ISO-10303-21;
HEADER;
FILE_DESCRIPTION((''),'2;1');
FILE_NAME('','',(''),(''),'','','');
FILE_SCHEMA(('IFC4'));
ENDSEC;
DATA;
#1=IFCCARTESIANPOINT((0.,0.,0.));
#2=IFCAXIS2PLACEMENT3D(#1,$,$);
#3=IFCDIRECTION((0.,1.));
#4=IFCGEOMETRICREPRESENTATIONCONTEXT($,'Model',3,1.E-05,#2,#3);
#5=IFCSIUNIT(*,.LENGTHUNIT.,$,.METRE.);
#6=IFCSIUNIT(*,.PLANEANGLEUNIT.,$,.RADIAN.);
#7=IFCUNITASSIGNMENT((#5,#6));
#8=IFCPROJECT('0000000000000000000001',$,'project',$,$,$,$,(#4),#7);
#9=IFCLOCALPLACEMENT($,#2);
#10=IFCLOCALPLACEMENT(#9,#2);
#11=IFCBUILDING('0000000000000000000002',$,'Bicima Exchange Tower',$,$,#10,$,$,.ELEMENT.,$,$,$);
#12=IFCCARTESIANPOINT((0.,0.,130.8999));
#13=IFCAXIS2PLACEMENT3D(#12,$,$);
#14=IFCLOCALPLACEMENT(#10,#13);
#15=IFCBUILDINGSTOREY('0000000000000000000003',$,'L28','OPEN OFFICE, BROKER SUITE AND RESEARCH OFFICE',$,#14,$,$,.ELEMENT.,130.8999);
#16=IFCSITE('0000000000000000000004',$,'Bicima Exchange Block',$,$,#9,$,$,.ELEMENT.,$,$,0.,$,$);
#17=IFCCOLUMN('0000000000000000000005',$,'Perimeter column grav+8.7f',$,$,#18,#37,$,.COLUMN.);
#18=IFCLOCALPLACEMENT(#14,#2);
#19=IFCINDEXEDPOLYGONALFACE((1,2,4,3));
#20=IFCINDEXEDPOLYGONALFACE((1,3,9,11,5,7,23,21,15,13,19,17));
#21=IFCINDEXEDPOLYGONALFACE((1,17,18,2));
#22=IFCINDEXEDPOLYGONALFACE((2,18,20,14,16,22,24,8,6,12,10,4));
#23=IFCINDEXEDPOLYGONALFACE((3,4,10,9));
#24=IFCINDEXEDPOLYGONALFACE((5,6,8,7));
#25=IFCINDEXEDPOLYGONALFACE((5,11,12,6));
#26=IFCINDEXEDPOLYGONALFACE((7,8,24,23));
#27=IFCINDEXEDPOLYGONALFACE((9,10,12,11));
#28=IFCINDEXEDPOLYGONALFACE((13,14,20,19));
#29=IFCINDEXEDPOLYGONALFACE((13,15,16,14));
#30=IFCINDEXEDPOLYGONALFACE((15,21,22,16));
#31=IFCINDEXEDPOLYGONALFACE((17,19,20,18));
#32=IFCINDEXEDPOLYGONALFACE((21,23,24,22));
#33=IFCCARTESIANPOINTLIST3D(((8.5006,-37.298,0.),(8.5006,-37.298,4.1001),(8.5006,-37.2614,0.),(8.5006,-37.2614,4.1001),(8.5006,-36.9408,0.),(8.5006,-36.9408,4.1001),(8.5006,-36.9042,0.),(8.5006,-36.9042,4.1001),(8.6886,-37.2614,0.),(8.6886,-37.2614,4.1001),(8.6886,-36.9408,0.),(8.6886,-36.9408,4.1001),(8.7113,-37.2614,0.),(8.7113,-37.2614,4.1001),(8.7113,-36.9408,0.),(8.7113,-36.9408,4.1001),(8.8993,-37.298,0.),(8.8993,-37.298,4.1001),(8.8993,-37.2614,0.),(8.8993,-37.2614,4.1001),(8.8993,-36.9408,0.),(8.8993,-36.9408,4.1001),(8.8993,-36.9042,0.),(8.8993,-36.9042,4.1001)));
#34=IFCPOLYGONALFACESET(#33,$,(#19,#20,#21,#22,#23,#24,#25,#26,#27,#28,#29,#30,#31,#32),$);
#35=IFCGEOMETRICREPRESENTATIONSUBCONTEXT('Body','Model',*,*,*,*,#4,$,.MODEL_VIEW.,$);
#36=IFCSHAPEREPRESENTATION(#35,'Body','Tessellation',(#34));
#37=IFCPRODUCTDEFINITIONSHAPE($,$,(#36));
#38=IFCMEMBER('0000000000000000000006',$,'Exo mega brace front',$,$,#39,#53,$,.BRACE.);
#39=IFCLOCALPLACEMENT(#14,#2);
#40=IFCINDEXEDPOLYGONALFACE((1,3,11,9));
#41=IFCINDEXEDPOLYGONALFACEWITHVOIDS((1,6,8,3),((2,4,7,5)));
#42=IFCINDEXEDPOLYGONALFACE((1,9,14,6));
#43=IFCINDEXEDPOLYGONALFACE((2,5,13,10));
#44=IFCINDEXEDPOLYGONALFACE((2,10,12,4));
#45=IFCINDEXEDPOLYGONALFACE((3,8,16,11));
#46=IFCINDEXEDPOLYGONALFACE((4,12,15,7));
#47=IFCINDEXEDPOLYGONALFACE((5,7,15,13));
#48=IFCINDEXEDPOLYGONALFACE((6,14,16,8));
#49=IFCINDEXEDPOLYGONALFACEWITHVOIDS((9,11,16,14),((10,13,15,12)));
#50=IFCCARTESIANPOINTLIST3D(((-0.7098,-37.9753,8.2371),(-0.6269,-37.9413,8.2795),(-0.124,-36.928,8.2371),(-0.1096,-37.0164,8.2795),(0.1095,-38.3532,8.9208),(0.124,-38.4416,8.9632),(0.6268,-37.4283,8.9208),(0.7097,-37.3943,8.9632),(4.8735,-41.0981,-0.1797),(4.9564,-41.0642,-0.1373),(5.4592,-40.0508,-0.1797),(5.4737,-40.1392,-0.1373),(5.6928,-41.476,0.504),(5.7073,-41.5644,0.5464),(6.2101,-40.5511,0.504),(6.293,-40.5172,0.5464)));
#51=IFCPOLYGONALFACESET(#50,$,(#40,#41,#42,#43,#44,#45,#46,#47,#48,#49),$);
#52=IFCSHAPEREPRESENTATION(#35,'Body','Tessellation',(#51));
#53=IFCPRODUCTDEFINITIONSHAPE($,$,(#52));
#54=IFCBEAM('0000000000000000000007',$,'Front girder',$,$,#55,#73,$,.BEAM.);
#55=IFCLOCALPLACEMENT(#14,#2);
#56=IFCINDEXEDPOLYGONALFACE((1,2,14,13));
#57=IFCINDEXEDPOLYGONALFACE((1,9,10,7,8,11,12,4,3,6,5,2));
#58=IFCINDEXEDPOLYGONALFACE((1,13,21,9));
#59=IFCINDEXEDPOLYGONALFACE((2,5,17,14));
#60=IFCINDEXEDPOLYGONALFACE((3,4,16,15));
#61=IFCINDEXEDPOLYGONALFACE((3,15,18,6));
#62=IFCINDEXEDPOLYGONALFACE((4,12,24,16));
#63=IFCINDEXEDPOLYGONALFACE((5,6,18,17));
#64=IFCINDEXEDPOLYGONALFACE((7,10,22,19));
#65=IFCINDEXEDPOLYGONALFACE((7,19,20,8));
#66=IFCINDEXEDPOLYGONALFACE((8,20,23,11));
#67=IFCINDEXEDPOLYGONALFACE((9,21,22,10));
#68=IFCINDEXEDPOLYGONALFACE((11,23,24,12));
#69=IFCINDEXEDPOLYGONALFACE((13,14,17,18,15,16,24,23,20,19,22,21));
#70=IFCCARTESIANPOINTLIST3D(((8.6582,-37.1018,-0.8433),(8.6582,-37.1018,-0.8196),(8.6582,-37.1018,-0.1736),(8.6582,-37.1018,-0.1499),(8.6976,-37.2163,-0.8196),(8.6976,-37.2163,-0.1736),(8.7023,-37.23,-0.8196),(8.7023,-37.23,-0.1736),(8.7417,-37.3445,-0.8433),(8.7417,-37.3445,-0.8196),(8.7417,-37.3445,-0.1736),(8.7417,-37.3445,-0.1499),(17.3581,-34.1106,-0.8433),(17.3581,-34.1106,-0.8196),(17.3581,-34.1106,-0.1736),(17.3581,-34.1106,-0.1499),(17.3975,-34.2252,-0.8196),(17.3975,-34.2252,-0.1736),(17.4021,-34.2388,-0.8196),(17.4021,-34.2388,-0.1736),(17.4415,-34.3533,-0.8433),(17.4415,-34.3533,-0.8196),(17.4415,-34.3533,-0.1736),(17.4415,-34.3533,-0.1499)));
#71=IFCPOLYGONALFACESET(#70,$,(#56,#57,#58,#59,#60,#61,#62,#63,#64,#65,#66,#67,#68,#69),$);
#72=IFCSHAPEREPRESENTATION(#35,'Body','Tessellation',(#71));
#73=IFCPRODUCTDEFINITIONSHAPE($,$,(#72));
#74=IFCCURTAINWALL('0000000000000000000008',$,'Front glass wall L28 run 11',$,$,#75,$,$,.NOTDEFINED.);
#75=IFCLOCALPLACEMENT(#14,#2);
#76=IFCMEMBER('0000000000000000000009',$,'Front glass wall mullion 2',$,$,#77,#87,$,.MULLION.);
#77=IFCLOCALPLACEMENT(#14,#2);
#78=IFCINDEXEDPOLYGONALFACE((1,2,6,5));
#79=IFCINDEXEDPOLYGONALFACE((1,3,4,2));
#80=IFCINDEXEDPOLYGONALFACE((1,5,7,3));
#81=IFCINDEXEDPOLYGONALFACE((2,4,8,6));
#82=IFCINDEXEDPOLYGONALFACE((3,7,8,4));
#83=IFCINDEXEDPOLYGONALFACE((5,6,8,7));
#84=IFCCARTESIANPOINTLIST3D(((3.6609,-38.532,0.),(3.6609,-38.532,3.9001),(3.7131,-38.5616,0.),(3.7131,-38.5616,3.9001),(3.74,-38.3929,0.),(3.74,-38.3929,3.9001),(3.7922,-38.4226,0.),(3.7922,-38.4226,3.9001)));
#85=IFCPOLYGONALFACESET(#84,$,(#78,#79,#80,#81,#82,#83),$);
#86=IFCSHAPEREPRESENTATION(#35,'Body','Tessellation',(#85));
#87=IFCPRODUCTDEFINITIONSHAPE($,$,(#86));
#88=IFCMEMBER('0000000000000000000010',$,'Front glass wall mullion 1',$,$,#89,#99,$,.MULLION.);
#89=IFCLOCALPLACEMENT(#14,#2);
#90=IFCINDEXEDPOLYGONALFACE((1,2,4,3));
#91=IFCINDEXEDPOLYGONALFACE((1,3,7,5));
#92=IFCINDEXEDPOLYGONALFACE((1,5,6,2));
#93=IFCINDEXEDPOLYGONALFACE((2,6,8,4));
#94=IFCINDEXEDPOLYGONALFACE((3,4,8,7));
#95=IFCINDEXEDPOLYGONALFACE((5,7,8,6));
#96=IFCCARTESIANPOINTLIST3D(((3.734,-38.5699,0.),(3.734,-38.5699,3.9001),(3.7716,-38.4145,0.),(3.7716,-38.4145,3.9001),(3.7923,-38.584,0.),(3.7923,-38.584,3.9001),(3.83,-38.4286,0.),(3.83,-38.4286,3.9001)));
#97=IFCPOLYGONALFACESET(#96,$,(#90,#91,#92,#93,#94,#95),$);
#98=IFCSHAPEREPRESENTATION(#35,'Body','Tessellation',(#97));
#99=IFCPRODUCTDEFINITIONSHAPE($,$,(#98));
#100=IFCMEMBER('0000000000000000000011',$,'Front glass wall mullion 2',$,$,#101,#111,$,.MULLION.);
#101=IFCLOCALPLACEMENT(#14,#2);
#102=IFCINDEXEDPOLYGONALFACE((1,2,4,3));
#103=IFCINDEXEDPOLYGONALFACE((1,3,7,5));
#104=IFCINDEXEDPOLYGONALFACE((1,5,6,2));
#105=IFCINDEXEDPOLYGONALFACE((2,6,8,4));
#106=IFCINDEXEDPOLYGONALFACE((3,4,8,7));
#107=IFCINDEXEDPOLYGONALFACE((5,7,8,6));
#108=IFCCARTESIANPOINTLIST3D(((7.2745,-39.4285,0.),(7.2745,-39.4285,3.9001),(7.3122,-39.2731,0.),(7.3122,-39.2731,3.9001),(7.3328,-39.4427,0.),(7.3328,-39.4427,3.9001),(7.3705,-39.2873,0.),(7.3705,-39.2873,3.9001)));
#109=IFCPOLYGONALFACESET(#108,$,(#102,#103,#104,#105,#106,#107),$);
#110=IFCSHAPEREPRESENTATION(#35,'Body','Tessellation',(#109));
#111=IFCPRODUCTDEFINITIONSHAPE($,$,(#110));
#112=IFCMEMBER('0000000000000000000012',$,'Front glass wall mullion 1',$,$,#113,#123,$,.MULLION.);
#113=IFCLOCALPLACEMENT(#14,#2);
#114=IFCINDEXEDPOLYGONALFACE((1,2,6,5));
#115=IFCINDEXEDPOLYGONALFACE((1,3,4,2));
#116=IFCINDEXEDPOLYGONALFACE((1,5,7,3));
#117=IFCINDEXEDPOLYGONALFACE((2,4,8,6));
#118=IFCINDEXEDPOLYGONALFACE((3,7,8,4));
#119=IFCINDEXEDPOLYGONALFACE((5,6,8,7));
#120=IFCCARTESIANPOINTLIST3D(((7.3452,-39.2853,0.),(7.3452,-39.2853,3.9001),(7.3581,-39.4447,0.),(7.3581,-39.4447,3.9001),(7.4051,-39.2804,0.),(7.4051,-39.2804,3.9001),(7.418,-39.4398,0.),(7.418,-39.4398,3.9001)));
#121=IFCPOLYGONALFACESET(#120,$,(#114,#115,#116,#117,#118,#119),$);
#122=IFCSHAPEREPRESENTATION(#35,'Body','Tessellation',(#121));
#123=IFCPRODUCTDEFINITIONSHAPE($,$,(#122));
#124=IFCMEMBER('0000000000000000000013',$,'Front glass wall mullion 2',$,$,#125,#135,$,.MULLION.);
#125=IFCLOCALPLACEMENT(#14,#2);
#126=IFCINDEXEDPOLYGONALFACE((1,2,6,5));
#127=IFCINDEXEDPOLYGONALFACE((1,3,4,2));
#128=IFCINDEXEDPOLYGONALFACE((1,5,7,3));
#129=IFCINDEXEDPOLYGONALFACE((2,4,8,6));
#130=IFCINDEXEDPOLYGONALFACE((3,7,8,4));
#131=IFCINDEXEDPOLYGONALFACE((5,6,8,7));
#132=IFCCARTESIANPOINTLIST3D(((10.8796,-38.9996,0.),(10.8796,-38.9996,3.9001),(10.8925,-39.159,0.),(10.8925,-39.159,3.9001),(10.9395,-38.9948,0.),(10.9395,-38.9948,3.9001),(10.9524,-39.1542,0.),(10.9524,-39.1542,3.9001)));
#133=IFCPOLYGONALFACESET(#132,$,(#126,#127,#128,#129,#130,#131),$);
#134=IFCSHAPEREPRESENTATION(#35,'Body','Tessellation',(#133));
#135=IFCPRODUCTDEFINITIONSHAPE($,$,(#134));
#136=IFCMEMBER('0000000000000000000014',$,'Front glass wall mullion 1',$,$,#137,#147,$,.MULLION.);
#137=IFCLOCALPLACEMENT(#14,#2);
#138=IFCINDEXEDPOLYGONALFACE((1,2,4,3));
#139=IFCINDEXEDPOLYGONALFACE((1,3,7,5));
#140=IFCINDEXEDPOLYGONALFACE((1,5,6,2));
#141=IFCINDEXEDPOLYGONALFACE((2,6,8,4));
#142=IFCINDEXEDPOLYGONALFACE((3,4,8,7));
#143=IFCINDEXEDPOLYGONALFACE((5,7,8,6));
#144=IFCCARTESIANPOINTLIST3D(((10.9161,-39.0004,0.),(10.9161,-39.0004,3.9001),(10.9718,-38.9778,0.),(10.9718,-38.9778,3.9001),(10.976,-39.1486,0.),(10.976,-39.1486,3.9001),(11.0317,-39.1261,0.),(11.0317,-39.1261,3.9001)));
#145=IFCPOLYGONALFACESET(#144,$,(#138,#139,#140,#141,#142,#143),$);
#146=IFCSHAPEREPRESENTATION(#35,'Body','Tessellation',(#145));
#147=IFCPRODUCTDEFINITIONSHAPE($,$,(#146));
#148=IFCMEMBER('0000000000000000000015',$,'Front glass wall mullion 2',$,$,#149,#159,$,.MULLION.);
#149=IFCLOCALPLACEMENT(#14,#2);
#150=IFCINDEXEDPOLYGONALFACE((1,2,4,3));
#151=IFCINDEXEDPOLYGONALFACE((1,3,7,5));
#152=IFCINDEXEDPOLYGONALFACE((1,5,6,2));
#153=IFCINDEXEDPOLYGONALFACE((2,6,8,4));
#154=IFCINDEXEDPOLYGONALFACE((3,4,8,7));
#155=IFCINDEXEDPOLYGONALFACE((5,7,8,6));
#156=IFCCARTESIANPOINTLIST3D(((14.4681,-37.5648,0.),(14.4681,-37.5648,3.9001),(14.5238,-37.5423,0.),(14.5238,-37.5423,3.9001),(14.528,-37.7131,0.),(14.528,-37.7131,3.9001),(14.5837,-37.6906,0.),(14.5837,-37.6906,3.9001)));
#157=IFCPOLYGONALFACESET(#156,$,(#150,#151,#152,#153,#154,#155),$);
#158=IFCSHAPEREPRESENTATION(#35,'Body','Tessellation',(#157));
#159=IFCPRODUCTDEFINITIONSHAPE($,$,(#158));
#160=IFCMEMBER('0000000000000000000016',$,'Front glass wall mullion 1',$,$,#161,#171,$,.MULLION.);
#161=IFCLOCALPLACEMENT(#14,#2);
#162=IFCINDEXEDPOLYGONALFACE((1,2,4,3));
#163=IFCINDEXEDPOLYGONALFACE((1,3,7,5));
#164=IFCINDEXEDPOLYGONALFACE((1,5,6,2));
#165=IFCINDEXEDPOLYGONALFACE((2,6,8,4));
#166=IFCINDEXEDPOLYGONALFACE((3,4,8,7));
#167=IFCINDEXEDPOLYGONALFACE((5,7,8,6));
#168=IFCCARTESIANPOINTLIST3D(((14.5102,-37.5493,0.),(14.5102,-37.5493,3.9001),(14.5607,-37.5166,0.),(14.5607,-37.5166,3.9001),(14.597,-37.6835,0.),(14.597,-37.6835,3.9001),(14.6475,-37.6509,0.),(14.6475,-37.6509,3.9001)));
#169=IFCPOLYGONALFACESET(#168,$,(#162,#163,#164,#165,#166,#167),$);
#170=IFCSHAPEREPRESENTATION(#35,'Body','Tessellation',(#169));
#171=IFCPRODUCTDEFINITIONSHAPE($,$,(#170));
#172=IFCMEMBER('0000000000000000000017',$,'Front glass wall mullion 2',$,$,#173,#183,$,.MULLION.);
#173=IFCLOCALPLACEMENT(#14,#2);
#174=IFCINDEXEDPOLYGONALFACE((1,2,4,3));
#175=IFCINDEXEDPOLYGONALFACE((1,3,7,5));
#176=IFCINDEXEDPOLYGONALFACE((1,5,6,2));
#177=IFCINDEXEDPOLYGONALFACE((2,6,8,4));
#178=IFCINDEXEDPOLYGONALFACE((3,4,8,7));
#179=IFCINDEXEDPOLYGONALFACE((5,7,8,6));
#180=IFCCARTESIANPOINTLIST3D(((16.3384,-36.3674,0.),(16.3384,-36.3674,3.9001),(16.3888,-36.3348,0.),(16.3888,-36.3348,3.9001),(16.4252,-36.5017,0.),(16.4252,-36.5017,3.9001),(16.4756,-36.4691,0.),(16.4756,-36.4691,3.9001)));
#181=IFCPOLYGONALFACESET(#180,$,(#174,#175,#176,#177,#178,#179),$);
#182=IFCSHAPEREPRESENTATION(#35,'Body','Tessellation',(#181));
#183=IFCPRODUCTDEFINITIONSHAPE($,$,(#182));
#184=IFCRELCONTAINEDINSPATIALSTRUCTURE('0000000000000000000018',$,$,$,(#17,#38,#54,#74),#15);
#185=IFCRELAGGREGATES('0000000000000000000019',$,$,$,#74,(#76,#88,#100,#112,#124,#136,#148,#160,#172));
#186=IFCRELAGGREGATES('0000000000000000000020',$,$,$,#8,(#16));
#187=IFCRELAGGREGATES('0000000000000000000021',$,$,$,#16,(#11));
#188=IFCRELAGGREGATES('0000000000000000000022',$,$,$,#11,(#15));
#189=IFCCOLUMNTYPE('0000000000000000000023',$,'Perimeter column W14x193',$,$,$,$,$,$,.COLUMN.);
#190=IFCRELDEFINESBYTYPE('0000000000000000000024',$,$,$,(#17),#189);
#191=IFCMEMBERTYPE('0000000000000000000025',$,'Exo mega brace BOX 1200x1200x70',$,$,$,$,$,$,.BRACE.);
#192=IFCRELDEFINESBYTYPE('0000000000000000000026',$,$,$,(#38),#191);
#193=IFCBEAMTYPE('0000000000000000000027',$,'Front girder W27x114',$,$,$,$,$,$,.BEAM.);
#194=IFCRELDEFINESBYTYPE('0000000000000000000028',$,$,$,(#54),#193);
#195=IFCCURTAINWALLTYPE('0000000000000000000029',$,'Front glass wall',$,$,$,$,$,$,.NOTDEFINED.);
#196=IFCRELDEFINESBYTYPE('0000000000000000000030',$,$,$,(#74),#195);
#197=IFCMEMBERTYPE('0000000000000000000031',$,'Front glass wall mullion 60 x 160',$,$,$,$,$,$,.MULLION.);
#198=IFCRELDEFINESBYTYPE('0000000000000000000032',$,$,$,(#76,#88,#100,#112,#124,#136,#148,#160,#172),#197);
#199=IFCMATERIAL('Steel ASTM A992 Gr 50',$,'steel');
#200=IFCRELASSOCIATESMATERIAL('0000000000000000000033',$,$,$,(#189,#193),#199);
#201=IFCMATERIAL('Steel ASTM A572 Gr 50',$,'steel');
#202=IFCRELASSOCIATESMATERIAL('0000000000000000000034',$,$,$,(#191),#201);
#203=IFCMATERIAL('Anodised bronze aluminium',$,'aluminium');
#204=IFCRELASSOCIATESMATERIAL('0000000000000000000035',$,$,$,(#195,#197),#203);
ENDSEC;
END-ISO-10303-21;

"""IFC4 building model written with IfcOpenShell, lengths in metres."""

from ifc_helpers import new_model, si_unit, direction, frame, origin, origin_2d, place, context, subcontext, project, spatial, rectangle, hollow_rectangle, i_section, extrude, material, material_profile, profile_set, type_object, element, aggregate, save


model = new_model("IFC4")

# Units and contexts
model_context = context("Model", 3, precision=1e-05, world=origin(), true_north=direction((0.0, 1.0)))
body_context = subcontext(model_context, "Body", "Model", "MODEL_VIEW")
ifc_project = project(units=[si_unit("LENGTHUNIT", "METRE"), si_unit("PLANEANGLEUNIT", "RADIAN")], contexts=[model_context])

# Site, building, storey
site_placement = place(None, origin())
site = spatial("IfcSite", under=ifc_project, at=site_placement, Name="Bicima Exchange Block", CompositionType="ELEMENT", RefElevation=0.0)
building_placement = place(site_placement, origin())
building = spatial("IfcBuilding", under=site, at=building_placement, Name="Bicima Exchange Tower", CompositionType="ELEMENT")
storey_placement = place(building_placement, frame((0.0, 0.0, 130.8999)))
storey = spatial("IfcBuildingStorey", under=building, at=storey_placement, Name="L28", Description="OPEN OFFICE, BROKER SUITE AND RESEARCH OFFICE", CompositionType="ELEMENT", Elevation=130.8999)

# Column
ifc_material_1 = material(Name="Steel ASTM A992 Gr 50", Category="steel")
ifc_material_profile_1 = material_profile(ifc_material_1, i_section(OverallWidth=0.3987, OverallDepth=0.3938, WebThickness=0.0227, FlangeThickness=0.0366, at=origin_2d()))
ifc_profile_set_1 = profile_set([ifc_material_profile_1], Name="Steel ASTM A992 Gr 50")
column_type = type_object("IfcColumnType", Name="Perimeter column W14x193", PredefinedType="COLUMN", material=ifc_profile_set_1)
column_placement = place(storey_placement, frame((8.7, -37.1011, 0.0), z_axis=(0.0, 0.0, 1.0), x_axis=(1.0, 0.0, 0.0)))
element("IfcColumn", 1, at=column_placement, inside=storey, type_object=column_type, Name="Perimeter column grav+8.7f", PredefinedType="COLUMN", context=body_context, shape_type="SweptSolid", body=[
    extrude(i_section(OverallWidth=0.3987, OverallDepth=0.3938, WebThickness=0.0227, FlangeThickness=0.0366, at=origin_2d()), origin(), (0.0, 0.0, 1.0), 4.1001),
])

# Member
ifc_material_2 = material(Name="Steel ASTM A572 Gr 50", Category="steel")
ifc_material_profile_2 = material_profile(ifc_material_2, hollow_rectangle(XDim=1.2, YDim=1.2, WallThickness=0.0701, at=origin_2d()))
ifc_profile_set_2 = profile_set([ifc_material_profile_2], Name="Steel ASTM A572 Gr 50")
member_type_1 = type_object("IfcMemberType", Name="Exo mega brace BOX 1200x1200x70", PredefinedType="BRACE", material=ifc_profile_set_2)
member_1_placement = place(storey_placement, frame((5.5833, -40.8076, 0.1833), z_axis=(-0.528119, 0.295386, 0.796139), x_axis=(-0.488149, -0.87276, 0.0)))
element("IfcMember", 2, at=member_1_placement, inside=storey, type_object=member_type_1, Name="Exo mega brace front", PredefinedType="BRACE", context=body_context, shape_type="SweptSolid", body=[
    extrude(hollow_rectangle(XDim=1.2, YDim=1.2, WallThickness=0.0701, at=origin_2d()), origin(), (0.0, 0.0, 1.0), 10.572),
])

# Beam
ifc_material_profile_3 = material_profile(ifc_material_1, i_section(OverallWidth=0.2566, OverallDepth=0.6934, WebThickness=0.0144, FlangeThickness=0.0237, at=origin_2d()))
ifc_profile_set_3 = profile_set([ifc_material_profile_3], Name="Steel ASTM A992 Gr 50")
beam_type = type_object("IfcBeamType", Name="Front girder W27x114", PredefinedType="BEAM", material=ifc_profile_set_3)
beam_placement = place(storey_placement, frame((8.7, -37.2231, -0.4966), z_axis=(0.945666, 0.325138, 0.0), x_axis=(-0.325138, 0.945666, 0.0)))
element("IfcBeam", 3, at=beam_placement, inside=storey, type_object=beam_type, Name="Front girder", PredefinedType="BEAM", context=body_context, shape_type="SweptSolid", body=[
    extrude(i_section(OverallWidth=0.2566, OverallDepth=0.6934, WebThickness=0.0144, FlangeThickness=0.0237, at=origin_2d()), origin(), (0.0, 0.0, 1.0), 9.1997),
])

# Curtain wall, members
ifc_material_3 = material(Name="Anodised bronze aluminium", Category="aluminium")
curtain_wall_type = type_object("IfcCurtainWallType", Name="Front glass wall", PredefinedType="NOTDEFINED", material=ifc_material_3)
curtain_wall_placement = place(storey_placement, origin())
curtain_wall = element("IfcCurtainWall", 4, at=curtain_wall_placement, inside=storey, type_object=curtain_wall_type, Name="Front glass wall L28 run 11", PredefinedType="NOTDEFINED")
ifc_material_profile_4 = material_profile(ifc_material_3, rectangle(XDim=0.1599, YDim=0.0601, at=origin_2d()))
ifc_profile_set_4 = profile_set([ifc_material_profile_4], Name="Anodised bronze aluminium")
member_type_2 = type_object("IfcMemberType", Name="Front glass wall mullion 60 x 160", PredefinedType="MULLION", material=ifc_profile_set_4)
member_2_placement = place(storey_placement, frame((3.7266, -38.4773, 0.0), z_axis=(0.0, 0.0, 1.0), x_axis=(0.49433, 0.869274, 0.0)))
member_2 = element("IfcMember", 5, at=member_2_placement, type_object=member_type_2, Name="Front glass wall mullion 2", PredefinedType="MULLION", context=body_context, shape_type="SweptSolid", body=[
    extrude(rectangle(XDim=0.1599, YDim=0.0601, at=origin_2d()), origin(), (0.0, 0.0, 1.0), 3.9001),
])
member_3_placement = place(storey_placement, frame((3.782, -38.4993, 0.0), z_axis=(0.0, 0.0, 1.0), x_axis=(0.235682, 0.97183, 0.0)))
member_3 = element("IfcMember", 6, at=member_3_placement, type_object=member_type_2, Name="Front glass wall mullion 1", PredefinedType="MULLION", context=body_context, shape_type="SweptSolid", body=[
    extrude(rectangle(XDim=0.1599, YDim=0.0601, at=origin_2d()), origin(), (0.0, 0.0, 1.0), 3.9001),
])
member_4_placement = place(storey_placement, frame((7.3225, -39.3579, 0.0), z_axis=(0.0, 0.0, 1.0), x_axis=(0.235682, 0.97183, 0.0)))
member_4 = element("IfcMember", 7, at=member_4_placement, type_object=member_type_2, Name="Front glass wall mullion 2", PredefinedType="MULLION", context=body_context, shape_type="SweptSolid", body=[
    extrude(rectangle(XDim=0.1599, YDim=0.0601, at=origin_2d()), origin(), (0.0, 0.0, 1.0), 3.9001),
])
member_5_placement = place(storey_placement, frame((7.3816, -39.3625, 0.0), z_axis=(0.0, 0.0, 1.0), x_axis=(-0.080589, 0.996747, 0.0)))
member_5 = element("IfcMember", 8, at=member_5_placement, type_object=member_type_2, Name="Front glass wall mullion 1", PredefinedType="MULLION", context=body_context, shape_type="SweptSolid", body=[
    extrude(rectangle(XDim=0.1599, YDim=0.0601, at=origin_2d()), origin(), (0.0, 0.0, 1.0), 3.9001),
])
member_6_placement = place(storey_placement, frame((10.916, -39.0769, 0.0), z_axis=(0.0, 0.0, 1.0), x_axis=(-0.080589, 0.996747, 0.0)))
member_6 = element("IfcMember", 9, at=member_6_placement, type_object=member_type_2, Name="Front glass wall mullion 2", PredefinedType="MULLION", context=body_context, shape_type="SweptSolid", body=[
    extrude(rectangle(XDim=0.1599, YDim=0.0601, at=origin_2d()), origin(), (0.0, 0.0, 1.0), 3.9001),
])
member_7_placement = place(storey_placement, frame((10.9739, -39.0632, 0.0), z_axis=(0.0, 0.0, 1.0), x_axis=(-0.374705, 0.927144, 0.0)))
member_7 = element("IfcMember", 10, at=member_7_placement, type_object=member_type_2, Name="Front glass wall mullion 1", PredefinedType="MULLION", context=body_context, shape_type="SweptSolid", body=[
    extrude(rectangle(XDim=0.1599, YDim=0.0601, at=origin_2d()), origin(), (0.0, 0.0, 1.0), 3.9001),
])
member_8_placement = place(storey_placement, frame((14.5259, -37.6277, 0.0), z_axis=(0.0, 0.0, 1.0), x_axis=(-0.374705, 0.927144, 0.0)))
member_8 = element("IfcMember", 11, at=member_8_placement, type_object=member_type_2, Name="Front glass wall mullion 2", PredefinedType="MULLION", context=body_context, shape_type="SweptSolid", body=[
    extrude(rectangle(XDim=0.1599, YDim=0.0601, at=origin_2d()), origin(), (0.0, 0.0, 1.0), 3.9001),
])
member_9_placement = place(storey_placement, frame((14.5789, -37.6001, 0.0), z_axis=(0.0, 0.0, 1.0), x_axis=(-0.542909, 0.839791, 0.0)))
member_9 = element("IfcMember", 12, at=member_9_placement, type_object=member_type_2, Name="Front glass wall mullion 1", PredefinedType="MULLION", context=body_context, shape_type="SweptSolid", body=[
    extrude(rectangle(XDim=0.1599, YDim=0.0601, at=origin_2d()), origin(), (0.0, 0.0, 1.0), 3.9001),
])
member_10_placement = place(storey_placement, frame((16.407, -36.4182, 0.0), z_axis=(0.0, 0.0, 1.0), x_axis=(-0.542909, 0.839791, 0.0)))
member_10 = element("IfcMember", 13, at=member_10_placement, type_object=member_type_2, Name="Front glass wall mullion 2", PredefinedType="MULLION", context=body_context, shape_type="SweptSolid", body=[
    extrude(rectangle(XDim=0.1599, YDim=0.0601, at=origin_2d()), origin(), (0.0, 0.0, 1.0), 3.9001),
])
aggregate(curtain_wall, [member_2, member_3, member_4, member_5, member_6, member_7, member_8, member_9, member_10])

save(model, "model.ifc")
